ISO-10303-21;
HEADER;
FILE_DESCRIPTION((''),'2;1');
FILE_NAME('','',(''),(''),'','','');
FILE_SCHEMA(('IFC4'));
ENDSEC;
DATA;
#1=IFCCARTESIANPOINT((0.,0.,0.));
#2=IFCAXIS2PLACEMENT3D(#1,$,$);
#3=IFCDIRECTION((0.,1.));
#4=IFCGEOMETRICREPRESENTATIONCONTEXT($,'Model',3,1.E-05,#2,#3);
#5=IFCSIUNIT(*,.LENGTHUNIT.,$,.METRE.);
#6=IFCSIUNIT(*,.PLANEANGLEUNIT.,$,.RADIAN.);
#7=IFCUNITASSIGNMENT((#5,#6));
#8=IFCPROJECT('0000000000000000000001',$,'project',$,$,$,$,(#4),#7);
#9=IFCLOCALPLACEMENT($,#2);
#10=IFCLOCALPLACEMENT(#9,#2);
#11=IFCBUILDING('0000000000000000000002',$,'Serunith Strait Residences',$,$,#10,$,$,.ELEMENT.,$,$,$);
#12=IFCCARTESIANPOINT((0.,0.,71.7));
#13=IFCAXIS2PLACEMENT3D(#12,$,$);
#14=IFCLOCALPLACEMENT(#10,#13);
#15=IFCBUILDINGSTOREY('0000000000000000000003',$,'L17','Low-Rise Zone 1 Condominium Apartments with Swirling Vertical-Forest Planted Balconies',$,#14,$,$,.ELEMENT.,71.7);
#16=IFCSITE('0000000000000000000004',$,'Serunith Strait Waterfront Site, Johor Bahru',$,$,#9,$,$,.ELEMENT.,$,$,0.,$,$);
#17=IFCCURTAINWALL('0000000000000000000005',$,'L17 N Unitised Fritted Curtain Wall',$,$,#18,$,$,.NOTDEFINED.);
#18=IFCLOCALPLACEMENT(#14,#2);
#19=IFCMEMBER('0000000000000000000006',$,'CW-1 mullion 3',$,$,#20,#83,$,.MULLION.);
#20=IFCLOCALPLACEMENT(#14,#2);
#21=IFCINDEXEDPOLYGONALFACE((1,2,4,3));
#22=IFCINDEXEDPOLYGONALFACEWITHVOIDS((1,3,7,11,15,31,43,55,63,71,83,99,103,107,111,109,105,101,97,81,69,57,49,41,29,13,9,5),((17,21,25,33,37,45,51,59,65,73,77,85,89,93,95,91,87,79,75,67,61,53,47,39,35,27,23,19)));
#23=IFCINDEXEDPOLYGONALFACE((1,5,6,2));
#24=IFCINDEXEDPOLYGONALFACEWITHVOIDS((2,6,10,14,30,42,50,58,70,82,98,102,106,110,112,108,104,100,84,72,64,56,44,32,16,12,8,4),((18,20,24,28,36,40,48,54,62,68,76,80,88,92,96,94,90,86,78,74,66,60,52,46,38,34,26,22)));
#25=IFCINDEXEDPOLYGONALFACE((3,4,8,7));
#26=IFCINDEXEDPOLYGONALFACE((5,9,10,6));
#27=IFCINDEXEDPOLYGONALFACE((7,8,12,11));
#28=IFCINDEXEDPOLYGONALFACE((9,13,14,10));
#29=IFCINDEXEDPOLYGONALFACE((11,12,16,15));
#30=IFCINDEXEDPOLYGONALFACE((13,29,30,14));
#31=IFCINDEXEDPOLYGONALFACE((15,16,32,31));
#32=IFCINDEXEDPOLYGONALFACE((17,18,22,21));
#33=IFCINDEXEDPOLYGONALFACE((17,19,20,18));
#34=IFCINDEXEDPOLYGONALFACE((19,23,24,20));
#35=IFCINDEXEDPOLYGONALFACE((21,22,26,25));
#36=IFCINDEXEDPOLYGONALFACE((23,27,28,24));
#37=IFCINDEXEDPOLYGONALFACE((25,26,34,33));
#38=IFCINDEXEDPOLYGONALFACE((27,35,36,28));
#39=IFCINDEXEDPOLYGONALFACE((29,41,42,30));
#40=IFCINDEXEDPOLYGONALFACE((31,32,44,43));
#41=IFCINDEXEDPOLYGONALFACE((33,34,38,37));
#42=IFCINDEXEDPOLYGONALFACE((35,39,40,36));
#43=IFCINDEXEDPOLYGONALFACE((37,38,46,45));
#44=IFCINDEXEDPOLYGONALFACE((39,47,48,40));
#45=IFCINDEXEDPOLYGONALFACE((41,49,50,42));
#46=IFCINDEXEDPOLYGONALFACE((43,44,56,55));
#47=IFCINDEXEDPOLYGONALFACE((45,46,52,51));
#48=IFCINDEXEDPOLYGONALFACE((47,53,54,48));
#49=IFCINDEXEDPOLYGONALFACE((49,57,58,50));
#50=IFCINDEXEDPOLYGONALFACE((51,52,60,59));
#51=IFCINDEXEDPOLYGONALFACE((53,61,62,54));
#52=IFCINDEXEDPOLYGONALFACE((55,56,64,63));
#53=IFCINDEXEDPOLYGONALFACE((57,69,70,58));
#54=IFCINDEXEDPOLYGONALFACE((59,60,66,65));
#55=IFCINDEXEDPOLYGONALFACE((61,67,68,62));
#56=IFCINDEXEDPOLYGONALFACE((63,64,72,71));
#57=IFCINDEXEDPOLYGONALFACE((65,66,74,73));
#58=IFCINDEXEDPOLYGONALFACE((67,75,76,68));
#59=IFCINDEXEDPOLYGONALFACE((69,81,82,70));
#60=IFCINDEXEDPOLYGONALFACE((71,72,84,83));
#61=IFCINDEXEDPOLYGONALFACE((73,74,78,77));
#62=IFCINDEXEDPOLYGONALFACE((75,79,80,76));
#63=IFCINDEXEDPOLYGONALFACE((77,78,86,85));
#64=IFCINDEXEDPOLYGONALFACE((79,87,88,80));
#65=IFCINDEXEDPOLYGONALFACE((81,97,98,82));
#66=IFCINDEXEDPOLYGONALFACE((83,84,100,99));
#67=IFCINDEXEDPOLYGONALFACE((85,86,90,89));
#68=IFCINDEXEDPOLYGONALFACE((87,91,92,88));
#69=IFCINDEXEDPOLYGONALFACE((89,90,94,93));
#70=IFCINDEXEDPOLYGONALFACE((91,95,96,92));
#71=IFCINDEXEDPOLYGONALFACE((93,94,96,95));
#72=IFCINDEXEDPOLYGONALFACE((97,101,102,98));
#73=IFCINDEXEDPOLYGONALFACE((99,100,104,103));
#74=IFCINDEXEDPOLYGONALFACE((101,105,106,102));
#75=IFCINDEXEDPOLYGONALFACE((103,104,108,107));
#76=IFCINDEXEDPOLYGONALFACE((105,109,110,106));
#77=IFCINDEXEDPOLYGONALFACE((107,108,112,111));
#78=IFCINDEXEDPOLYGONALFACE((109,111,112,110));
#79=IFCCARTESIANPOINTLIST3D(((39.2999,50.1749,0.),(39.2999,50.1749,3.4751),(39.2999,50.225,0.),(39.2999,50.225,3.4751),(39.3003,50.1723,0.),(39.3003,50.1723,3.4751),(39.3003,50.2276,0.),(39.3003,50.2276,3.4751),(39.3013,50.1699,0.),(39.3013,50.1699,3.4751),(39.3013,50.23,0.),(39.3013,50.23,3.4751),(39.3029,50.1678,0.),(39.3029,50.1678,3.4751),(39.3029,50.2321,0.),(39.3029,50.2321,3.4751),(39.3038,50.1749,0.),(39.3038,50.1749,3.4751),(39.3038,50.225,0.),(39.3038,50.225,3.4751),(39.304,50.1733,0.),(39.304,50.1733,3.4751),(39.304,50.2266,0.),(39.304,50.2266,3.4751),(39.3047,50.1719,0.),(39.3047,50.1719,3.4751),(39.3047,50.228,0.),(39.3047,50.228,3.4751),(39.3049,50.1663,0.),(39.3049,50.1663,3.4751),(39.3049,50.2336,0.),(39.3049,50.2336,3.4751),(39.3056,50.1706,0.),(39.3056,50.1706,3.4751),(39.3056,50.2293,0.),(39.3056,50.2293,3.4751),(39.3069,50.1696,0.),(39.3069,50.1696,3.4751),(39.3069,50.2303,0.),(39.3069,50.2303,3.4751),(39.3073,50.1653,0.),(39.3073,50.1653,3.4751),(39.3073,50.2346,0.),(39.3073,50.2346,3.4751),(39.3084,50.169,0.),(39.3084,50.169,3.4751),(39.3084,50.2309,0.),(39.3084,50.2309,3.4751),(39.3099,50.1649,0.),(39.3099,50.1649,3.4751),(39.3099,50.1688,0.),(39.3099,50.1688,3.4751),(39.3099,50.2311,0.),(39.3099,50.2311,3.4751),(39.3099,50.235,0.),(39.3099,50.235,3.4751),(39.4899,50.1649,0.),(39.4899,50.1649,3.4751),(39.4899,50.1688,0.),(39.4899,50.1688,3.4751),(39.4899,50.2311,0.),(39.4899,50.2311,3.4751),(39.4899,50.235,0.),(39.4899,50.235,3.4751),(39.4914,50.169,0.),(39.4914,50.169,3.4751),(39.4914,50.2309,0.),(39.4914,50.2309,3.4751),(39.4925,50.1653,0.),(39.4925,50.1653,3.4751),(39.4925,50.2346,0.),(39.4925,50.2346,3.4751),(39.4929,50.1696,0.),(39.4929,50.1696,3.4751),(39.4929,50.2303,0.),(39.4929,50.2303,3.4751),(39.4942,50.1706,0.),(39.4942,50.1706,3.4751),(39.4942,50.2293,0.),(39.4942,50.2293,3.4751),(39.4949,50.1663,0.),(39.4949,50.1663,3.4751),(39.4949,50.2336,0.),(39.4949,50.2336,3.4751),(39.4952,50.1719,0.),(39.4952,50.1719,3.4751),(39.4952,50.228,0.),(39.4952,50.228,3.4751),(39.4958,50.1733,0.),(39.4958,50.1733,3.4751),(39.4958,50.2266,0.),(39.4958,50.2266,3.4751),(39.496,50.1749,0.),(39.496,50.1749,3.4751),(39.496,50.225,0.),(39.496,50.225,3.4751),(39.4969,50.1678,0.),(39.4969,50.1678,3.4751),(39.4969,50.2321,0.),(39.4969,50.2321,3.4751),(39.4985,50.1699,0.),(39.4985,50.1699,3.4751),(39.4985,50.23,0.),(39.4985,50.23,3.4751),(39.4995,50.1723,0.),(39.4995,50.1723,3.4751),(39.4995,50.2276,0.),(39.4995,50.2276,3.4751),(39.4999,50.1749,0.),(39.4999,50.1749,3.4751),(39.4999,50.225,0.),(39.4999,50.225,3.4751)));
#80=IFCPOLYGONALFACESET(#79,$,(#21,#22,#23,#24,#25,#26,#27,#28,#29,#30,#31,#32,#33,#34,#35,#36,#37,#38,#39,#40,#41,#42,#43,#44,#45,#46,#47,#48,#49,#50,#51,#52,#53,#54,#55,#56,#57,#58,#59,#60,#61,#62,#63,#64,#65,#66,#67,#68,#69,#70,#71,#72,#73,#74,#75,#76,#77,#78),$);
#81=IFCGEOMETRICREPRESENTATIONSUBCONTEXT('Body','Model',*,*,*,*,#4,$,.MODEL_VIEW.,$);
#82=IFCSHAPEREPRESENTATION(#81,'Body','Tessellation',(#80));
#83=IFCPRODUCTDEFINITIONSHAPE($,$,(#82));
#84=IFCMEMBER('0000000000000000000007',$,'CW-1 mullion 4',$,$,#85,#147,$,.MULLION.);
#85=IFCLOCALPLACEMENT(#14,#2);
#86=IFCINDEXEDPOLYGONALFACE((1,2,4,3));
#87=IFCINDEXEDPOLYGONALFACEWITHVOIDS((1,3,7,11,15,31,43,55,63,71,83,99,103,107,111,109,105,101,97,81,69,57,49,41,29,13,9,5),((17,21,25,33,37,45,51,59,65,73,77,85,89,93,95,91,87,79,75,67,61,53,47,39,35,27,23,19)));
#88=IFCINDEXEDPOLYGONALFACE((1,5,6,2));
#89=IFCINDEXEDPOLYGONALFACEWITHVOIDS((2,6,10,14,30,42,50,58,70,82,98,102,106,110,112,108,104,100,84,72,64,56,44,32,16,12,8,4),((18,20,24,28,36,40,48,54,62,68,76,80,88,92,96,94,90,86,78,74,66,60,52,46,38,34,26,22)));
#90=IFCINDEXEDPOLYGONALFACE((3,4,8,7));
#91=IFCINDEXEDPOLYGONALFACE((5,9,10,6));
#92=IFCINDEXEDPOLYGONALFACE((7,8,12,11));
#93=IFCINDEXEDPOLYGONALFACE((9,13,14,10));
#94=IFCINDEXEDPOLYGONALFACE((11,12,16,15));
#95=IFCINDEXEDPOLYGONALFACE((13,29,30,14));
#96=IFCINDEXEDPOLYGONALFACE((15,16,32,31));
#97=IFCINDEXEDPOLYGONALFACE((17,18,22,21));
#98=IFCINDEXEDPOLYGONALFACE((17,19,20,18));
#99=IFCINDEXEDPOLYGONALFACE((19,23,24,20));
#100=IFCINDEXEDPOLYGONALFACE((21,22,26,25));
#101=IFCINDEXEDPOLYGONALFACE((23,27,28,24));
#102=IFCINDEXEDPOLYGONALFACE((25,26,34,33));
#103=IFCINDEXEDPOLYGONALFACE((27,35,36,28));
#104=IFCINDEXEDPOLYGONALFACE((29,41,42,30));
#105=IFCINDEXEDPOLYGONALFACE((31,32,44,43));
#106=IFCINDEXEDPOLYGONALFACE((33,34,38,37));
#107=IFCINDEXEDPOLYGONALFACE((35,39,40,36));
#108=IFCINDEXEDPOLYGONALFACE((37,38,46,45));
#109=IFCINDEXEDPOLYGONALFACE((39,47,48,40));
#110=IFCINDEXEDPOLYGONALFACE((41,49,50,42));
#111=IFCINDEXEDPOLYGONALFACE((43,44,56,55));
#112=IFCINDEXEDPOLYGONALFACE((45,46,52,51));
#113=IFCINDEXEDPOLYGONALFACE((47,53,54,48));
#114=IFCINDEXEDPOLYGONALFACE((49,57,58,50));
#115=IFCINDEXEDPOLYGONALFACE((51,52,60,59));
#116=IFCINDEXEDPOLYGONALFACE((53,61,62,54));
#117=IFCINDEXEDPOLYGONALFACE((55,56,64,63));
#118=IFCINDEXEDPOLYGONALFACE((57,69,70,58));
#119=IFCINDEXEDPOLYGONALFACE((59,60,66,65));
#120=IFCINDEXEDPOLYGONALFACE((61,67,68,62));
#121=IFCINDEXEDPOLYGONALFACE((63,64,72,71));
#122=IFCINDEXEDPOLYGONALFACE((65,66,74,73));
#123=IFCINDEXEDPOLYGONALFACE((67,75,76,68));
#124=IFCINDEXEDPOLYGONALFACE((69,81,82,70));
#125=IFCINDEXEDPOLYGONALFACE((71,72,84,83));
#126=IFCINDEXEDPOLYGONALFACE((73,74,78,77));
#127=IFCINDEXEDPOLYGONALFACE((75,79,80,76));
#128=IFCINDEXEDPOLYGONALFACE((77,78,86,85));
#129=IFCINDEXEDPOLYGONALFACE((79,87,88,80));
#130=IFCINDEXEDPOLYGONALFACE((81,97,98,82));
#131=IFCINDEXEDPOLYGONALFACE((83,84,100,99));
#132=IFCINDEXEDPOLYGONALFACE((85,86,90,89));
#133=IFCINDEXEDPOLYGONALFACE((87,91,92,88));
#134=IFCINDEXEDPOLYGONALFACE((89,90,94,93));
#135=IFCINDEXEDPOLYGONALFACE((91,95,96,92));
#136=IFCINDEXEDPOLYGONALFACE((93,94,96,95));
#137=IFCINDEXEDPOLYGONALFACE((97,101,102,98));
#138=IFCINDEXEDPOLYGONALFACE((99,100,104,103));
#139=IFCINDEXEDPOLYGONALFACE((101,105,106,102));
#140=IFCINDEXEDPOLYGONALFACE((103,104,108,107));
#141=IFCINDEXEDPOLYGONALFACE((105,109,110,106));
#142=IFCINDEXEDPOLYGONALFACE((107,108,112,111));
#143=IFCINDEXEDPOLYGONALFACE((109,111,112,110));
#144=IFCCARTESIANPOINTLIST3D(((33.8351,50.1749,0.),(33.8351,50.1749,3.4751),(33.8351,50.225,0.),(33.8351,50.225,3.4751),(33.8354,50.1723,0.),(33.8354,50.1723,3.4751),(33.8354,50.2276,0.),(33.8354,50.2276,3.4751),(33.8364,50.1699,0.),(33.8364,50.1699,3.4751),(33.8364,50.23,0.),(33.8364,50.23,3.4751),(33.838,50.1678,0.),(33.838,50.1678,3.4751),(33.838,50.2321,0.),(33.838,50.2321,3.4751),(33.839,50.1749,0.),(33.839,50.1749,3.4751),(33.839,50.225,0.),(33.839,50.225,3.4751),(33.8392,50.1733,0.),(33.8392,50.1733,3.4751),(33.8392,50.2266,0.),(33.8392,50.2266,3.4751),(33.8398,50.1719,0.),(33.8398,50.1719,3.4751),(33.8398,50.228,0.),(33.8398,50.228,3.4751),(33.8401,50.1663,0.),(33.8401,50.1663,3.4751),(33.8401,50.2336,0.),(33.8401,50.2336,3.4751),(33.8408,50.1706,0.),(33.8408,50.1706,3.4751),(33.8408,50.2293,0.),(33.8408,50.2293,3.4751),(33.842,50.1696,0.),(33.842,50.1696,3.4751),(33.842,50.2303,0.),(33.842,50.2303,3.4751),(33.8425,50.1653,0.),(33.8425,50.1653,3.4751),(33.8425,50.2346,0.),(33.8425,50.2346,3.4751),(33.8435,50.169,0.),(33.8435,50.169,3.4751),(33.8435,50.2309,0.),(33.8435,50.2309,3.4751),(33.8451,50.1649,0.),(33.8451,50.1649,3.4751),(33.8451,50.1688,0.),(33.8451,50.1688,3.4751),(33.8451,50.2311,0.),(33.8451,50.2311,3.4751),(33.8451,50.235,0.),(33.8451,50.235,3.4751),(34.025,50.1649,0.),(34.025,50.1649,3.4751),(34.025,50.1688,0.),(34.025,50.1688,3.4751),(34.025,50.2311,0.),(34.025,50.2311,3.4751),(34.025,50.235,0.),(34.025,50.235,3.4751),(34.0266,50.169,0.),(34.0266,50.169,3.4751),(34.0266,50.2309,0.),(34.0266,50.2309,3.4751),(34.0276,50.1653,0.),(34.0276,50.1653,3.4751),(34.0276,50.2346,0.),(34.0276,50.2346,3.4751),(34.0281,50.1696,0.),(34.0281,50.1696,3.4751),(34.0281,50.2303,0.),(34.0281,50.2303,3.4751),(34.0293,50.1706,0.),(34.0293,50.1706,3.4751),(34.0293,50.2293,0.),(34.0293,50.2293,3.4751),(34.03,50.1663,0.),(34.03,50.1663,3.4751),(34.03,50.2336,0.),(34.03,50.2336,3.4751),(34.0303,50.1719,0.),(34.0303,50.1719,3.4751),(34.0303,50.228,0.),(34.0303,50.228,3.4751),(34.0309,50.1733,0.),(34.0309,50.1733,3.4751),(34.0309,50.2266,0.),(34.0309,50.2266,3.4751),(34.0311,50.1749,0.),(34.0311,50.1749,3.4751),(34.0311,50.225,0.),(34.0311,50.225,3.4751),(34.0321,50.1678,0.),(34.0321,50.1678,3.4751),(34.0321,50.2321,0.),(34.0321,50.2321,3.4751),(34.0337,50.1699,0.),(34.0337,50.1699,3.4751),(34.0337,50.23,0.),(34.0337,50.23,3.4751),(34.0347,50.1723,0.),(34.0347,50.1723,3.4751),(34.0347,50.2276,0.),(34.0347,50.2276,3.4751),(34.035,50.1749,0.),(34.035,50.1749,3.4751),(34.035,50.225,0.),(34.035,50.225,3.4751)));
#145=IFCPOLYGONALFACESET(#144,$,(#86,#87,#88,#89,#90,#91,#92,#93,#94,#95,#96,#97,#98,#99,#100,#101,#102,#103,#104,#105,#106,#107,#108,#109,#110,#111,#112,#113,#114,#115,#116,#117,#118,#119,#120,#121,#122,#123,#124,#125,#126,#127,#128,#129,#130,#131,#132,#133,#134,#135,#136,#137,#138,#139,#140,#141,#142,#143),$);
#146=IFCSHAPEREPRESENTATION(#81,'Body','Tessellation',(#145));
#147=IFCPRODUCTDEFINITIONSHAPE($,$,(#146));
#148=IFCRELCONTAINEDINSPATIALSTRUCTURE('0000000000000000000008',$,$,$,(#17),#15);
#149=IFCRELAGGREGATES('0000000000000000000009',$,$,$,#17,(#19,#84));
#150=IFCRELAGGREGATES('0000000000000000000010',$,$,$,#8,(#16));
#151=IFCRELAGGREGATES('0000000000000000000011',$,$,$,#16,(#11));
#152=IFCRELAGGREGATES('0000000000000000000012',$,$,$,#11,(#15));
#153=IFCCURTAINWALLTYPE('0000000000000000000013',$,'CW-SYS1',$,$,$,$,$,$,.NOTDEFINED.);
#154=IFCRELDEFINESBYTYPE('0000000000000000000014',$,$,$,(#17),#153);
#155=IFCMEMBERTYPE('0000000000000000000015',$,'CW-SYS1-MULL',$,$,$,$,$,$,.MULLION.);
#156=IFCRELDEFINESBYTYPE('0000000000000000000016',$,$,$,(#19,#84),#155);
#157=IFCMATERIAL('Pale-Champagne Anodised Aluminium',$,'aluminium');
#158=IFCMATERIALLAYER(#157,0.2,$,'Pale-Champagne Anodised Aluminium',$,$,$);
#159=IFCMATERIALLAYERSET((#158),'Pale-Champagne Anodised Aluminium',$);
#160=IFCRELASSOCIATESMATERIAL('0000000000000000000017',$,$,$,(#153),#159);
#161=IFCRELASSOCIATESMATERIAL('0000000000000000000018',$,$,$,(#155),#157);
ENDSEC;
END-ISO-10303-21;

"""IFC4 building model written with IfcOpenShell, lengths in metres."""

from ifc_helpers import new_model, si_unit, direction, frame, origin, origin_2d, place, context, subcontext, project, spatial, hollow_rectangle, extrude, source, transform, mapped, material, layer, layer_set, material_profile, profile_set, type_object, element, aggregate, save


model = new_model("IFC4")

# Units and contexts
model_context = context("Model", 3, precision=1e-05, world=origin(), true_north=direction((0.0, 1.0)))
body_context = subcontext(model_context, "Body", "Model", "MODEL_VIEW")
ifc_project = project(units=[si_unit("LENGTHUNIT", "METRE"), si_unit("PLANEANGLEUNIT", "RADIAN")], contexts=[model_context])

# Site, building, storey
site_placement = place(None, origin())
site = spatial("IfcSite", under=ifc_project, at=site_placement, Name="Serunith Strait Waterfront Site, Johor Bahru", CompositionType="ELEMENT", RefElevation=0.0)
building_placement = place(site_placement, origin())
building = spatial("IfcBuilding", under=site, at=building_placement, Name="Serunith Strait Residences", CompositionType="ELEMENT")
storey_placement = place(building_placement, frame((0.0, 0.0, 71.7)))
storey = spatial("IfcBuildingStorey", under=building, at=storey_placement, Name="L17", Description="Low-Rise Zone 1 Condominium Apartments with Swirling Vertical-Forest Planted Balconies", CompositionType="ELEMENT", Elevation=71.7)

# Curtain wall, members
ifc_material_1 = material(Name="Pale-Champagne Anodised Aluminium", Category="aluminium")
ifc_layer_1 = layer(ifc_material_1, 0.2, Name="Pale-Champagne Anodised Aluminium")
ifc_layer_set_1 = layer_set([ifc_layer_1], Name="Pale-Champagne Anodised Aluminium")
curtain_wall_type = type_object("IfcCurtainWallType", Name="CW-SYS1", PredefinedType="NOTDEFINED", material=ifc_layer_set_1)
curtain_wall_1_placement = place(storey_placement, origin())
curtain_wall_1 = element("IfcCurtainWall", 1, at=curtain_wall_1_placement, inside=storey, type_object=curtain_wall_type, Name="L17 N Unitised Fritted Curtain Wall", PredefinedType="NOTDEFINED")
ifc_material_profile_1 = material_profile(ifc_material_1, hollow_rectangle(XDim=0.0701, YDim=0.2, WallThickness=0.0039, InnerFilletRadius=0.0061, OuterFilletRadius=0.01, at=origin_2d()), Name="ALU 200x70x4")
ifc_profile_set_1 = profile_set([ifc_material_profile_1], Name="Pale-Champagne Anodised Aluminium")
member_type_1 = type_object("IfcMemberType", Name="CW-SYS1-MULL", PredefinedType="MULLION", material=ifc_profile_set_1)
shared_shape_1 = source(origin(), body_context, "Body", "SweptSolid", [
    extrude(hollow_rectangle(XDim=0.0701, YDim=0.2, WallThickness=0.0039, InnerFilletRadius=0.0061, OuterFilletRadius=0.01, at=origin_2d()), origin(), (0.0, 0.0, 1.0), 3.4751),
])
member_1_placement = place(storey_placement, frame((39.3999, 50.2, 0.0), z_axis=(0.0, 0.0, 1.0), x_axis=(0.0, -1.0, 0.0)))
member_1 = element("IfcMember", 2, at=member_1_placement, type_object=member_type_1, Name="CW-1 mullion 3", PredefinedType="MULLION", context=body_context, shape_type="MappedRepresentation", body=[
    mapped(shared_shape_1, transform((0.0, 0.0, 0.0), scale=1.0)),
])
member_2_placement = place(storey_placement, frame((33.9351, 50.2, 0.0), z_axis=(0.0, 0.0, 1.0), x_axis=(0.0, -1.0, 0.0)))
member_2 = element("IfcMember", 3, at=member_2_placement, type_object=member_type_1, Name="CW-1 mullion 4", PredefinedType="MULLION", context=body_context, shape_type="MappedRepresentation", body=[
    mapped(shared_shape_1, transform((0.0, 0.0, 0.0), scale=1.0)),
])

aggregate(curtain_wall_1, [member_1, member_2])

save(model, "model.ifc")
